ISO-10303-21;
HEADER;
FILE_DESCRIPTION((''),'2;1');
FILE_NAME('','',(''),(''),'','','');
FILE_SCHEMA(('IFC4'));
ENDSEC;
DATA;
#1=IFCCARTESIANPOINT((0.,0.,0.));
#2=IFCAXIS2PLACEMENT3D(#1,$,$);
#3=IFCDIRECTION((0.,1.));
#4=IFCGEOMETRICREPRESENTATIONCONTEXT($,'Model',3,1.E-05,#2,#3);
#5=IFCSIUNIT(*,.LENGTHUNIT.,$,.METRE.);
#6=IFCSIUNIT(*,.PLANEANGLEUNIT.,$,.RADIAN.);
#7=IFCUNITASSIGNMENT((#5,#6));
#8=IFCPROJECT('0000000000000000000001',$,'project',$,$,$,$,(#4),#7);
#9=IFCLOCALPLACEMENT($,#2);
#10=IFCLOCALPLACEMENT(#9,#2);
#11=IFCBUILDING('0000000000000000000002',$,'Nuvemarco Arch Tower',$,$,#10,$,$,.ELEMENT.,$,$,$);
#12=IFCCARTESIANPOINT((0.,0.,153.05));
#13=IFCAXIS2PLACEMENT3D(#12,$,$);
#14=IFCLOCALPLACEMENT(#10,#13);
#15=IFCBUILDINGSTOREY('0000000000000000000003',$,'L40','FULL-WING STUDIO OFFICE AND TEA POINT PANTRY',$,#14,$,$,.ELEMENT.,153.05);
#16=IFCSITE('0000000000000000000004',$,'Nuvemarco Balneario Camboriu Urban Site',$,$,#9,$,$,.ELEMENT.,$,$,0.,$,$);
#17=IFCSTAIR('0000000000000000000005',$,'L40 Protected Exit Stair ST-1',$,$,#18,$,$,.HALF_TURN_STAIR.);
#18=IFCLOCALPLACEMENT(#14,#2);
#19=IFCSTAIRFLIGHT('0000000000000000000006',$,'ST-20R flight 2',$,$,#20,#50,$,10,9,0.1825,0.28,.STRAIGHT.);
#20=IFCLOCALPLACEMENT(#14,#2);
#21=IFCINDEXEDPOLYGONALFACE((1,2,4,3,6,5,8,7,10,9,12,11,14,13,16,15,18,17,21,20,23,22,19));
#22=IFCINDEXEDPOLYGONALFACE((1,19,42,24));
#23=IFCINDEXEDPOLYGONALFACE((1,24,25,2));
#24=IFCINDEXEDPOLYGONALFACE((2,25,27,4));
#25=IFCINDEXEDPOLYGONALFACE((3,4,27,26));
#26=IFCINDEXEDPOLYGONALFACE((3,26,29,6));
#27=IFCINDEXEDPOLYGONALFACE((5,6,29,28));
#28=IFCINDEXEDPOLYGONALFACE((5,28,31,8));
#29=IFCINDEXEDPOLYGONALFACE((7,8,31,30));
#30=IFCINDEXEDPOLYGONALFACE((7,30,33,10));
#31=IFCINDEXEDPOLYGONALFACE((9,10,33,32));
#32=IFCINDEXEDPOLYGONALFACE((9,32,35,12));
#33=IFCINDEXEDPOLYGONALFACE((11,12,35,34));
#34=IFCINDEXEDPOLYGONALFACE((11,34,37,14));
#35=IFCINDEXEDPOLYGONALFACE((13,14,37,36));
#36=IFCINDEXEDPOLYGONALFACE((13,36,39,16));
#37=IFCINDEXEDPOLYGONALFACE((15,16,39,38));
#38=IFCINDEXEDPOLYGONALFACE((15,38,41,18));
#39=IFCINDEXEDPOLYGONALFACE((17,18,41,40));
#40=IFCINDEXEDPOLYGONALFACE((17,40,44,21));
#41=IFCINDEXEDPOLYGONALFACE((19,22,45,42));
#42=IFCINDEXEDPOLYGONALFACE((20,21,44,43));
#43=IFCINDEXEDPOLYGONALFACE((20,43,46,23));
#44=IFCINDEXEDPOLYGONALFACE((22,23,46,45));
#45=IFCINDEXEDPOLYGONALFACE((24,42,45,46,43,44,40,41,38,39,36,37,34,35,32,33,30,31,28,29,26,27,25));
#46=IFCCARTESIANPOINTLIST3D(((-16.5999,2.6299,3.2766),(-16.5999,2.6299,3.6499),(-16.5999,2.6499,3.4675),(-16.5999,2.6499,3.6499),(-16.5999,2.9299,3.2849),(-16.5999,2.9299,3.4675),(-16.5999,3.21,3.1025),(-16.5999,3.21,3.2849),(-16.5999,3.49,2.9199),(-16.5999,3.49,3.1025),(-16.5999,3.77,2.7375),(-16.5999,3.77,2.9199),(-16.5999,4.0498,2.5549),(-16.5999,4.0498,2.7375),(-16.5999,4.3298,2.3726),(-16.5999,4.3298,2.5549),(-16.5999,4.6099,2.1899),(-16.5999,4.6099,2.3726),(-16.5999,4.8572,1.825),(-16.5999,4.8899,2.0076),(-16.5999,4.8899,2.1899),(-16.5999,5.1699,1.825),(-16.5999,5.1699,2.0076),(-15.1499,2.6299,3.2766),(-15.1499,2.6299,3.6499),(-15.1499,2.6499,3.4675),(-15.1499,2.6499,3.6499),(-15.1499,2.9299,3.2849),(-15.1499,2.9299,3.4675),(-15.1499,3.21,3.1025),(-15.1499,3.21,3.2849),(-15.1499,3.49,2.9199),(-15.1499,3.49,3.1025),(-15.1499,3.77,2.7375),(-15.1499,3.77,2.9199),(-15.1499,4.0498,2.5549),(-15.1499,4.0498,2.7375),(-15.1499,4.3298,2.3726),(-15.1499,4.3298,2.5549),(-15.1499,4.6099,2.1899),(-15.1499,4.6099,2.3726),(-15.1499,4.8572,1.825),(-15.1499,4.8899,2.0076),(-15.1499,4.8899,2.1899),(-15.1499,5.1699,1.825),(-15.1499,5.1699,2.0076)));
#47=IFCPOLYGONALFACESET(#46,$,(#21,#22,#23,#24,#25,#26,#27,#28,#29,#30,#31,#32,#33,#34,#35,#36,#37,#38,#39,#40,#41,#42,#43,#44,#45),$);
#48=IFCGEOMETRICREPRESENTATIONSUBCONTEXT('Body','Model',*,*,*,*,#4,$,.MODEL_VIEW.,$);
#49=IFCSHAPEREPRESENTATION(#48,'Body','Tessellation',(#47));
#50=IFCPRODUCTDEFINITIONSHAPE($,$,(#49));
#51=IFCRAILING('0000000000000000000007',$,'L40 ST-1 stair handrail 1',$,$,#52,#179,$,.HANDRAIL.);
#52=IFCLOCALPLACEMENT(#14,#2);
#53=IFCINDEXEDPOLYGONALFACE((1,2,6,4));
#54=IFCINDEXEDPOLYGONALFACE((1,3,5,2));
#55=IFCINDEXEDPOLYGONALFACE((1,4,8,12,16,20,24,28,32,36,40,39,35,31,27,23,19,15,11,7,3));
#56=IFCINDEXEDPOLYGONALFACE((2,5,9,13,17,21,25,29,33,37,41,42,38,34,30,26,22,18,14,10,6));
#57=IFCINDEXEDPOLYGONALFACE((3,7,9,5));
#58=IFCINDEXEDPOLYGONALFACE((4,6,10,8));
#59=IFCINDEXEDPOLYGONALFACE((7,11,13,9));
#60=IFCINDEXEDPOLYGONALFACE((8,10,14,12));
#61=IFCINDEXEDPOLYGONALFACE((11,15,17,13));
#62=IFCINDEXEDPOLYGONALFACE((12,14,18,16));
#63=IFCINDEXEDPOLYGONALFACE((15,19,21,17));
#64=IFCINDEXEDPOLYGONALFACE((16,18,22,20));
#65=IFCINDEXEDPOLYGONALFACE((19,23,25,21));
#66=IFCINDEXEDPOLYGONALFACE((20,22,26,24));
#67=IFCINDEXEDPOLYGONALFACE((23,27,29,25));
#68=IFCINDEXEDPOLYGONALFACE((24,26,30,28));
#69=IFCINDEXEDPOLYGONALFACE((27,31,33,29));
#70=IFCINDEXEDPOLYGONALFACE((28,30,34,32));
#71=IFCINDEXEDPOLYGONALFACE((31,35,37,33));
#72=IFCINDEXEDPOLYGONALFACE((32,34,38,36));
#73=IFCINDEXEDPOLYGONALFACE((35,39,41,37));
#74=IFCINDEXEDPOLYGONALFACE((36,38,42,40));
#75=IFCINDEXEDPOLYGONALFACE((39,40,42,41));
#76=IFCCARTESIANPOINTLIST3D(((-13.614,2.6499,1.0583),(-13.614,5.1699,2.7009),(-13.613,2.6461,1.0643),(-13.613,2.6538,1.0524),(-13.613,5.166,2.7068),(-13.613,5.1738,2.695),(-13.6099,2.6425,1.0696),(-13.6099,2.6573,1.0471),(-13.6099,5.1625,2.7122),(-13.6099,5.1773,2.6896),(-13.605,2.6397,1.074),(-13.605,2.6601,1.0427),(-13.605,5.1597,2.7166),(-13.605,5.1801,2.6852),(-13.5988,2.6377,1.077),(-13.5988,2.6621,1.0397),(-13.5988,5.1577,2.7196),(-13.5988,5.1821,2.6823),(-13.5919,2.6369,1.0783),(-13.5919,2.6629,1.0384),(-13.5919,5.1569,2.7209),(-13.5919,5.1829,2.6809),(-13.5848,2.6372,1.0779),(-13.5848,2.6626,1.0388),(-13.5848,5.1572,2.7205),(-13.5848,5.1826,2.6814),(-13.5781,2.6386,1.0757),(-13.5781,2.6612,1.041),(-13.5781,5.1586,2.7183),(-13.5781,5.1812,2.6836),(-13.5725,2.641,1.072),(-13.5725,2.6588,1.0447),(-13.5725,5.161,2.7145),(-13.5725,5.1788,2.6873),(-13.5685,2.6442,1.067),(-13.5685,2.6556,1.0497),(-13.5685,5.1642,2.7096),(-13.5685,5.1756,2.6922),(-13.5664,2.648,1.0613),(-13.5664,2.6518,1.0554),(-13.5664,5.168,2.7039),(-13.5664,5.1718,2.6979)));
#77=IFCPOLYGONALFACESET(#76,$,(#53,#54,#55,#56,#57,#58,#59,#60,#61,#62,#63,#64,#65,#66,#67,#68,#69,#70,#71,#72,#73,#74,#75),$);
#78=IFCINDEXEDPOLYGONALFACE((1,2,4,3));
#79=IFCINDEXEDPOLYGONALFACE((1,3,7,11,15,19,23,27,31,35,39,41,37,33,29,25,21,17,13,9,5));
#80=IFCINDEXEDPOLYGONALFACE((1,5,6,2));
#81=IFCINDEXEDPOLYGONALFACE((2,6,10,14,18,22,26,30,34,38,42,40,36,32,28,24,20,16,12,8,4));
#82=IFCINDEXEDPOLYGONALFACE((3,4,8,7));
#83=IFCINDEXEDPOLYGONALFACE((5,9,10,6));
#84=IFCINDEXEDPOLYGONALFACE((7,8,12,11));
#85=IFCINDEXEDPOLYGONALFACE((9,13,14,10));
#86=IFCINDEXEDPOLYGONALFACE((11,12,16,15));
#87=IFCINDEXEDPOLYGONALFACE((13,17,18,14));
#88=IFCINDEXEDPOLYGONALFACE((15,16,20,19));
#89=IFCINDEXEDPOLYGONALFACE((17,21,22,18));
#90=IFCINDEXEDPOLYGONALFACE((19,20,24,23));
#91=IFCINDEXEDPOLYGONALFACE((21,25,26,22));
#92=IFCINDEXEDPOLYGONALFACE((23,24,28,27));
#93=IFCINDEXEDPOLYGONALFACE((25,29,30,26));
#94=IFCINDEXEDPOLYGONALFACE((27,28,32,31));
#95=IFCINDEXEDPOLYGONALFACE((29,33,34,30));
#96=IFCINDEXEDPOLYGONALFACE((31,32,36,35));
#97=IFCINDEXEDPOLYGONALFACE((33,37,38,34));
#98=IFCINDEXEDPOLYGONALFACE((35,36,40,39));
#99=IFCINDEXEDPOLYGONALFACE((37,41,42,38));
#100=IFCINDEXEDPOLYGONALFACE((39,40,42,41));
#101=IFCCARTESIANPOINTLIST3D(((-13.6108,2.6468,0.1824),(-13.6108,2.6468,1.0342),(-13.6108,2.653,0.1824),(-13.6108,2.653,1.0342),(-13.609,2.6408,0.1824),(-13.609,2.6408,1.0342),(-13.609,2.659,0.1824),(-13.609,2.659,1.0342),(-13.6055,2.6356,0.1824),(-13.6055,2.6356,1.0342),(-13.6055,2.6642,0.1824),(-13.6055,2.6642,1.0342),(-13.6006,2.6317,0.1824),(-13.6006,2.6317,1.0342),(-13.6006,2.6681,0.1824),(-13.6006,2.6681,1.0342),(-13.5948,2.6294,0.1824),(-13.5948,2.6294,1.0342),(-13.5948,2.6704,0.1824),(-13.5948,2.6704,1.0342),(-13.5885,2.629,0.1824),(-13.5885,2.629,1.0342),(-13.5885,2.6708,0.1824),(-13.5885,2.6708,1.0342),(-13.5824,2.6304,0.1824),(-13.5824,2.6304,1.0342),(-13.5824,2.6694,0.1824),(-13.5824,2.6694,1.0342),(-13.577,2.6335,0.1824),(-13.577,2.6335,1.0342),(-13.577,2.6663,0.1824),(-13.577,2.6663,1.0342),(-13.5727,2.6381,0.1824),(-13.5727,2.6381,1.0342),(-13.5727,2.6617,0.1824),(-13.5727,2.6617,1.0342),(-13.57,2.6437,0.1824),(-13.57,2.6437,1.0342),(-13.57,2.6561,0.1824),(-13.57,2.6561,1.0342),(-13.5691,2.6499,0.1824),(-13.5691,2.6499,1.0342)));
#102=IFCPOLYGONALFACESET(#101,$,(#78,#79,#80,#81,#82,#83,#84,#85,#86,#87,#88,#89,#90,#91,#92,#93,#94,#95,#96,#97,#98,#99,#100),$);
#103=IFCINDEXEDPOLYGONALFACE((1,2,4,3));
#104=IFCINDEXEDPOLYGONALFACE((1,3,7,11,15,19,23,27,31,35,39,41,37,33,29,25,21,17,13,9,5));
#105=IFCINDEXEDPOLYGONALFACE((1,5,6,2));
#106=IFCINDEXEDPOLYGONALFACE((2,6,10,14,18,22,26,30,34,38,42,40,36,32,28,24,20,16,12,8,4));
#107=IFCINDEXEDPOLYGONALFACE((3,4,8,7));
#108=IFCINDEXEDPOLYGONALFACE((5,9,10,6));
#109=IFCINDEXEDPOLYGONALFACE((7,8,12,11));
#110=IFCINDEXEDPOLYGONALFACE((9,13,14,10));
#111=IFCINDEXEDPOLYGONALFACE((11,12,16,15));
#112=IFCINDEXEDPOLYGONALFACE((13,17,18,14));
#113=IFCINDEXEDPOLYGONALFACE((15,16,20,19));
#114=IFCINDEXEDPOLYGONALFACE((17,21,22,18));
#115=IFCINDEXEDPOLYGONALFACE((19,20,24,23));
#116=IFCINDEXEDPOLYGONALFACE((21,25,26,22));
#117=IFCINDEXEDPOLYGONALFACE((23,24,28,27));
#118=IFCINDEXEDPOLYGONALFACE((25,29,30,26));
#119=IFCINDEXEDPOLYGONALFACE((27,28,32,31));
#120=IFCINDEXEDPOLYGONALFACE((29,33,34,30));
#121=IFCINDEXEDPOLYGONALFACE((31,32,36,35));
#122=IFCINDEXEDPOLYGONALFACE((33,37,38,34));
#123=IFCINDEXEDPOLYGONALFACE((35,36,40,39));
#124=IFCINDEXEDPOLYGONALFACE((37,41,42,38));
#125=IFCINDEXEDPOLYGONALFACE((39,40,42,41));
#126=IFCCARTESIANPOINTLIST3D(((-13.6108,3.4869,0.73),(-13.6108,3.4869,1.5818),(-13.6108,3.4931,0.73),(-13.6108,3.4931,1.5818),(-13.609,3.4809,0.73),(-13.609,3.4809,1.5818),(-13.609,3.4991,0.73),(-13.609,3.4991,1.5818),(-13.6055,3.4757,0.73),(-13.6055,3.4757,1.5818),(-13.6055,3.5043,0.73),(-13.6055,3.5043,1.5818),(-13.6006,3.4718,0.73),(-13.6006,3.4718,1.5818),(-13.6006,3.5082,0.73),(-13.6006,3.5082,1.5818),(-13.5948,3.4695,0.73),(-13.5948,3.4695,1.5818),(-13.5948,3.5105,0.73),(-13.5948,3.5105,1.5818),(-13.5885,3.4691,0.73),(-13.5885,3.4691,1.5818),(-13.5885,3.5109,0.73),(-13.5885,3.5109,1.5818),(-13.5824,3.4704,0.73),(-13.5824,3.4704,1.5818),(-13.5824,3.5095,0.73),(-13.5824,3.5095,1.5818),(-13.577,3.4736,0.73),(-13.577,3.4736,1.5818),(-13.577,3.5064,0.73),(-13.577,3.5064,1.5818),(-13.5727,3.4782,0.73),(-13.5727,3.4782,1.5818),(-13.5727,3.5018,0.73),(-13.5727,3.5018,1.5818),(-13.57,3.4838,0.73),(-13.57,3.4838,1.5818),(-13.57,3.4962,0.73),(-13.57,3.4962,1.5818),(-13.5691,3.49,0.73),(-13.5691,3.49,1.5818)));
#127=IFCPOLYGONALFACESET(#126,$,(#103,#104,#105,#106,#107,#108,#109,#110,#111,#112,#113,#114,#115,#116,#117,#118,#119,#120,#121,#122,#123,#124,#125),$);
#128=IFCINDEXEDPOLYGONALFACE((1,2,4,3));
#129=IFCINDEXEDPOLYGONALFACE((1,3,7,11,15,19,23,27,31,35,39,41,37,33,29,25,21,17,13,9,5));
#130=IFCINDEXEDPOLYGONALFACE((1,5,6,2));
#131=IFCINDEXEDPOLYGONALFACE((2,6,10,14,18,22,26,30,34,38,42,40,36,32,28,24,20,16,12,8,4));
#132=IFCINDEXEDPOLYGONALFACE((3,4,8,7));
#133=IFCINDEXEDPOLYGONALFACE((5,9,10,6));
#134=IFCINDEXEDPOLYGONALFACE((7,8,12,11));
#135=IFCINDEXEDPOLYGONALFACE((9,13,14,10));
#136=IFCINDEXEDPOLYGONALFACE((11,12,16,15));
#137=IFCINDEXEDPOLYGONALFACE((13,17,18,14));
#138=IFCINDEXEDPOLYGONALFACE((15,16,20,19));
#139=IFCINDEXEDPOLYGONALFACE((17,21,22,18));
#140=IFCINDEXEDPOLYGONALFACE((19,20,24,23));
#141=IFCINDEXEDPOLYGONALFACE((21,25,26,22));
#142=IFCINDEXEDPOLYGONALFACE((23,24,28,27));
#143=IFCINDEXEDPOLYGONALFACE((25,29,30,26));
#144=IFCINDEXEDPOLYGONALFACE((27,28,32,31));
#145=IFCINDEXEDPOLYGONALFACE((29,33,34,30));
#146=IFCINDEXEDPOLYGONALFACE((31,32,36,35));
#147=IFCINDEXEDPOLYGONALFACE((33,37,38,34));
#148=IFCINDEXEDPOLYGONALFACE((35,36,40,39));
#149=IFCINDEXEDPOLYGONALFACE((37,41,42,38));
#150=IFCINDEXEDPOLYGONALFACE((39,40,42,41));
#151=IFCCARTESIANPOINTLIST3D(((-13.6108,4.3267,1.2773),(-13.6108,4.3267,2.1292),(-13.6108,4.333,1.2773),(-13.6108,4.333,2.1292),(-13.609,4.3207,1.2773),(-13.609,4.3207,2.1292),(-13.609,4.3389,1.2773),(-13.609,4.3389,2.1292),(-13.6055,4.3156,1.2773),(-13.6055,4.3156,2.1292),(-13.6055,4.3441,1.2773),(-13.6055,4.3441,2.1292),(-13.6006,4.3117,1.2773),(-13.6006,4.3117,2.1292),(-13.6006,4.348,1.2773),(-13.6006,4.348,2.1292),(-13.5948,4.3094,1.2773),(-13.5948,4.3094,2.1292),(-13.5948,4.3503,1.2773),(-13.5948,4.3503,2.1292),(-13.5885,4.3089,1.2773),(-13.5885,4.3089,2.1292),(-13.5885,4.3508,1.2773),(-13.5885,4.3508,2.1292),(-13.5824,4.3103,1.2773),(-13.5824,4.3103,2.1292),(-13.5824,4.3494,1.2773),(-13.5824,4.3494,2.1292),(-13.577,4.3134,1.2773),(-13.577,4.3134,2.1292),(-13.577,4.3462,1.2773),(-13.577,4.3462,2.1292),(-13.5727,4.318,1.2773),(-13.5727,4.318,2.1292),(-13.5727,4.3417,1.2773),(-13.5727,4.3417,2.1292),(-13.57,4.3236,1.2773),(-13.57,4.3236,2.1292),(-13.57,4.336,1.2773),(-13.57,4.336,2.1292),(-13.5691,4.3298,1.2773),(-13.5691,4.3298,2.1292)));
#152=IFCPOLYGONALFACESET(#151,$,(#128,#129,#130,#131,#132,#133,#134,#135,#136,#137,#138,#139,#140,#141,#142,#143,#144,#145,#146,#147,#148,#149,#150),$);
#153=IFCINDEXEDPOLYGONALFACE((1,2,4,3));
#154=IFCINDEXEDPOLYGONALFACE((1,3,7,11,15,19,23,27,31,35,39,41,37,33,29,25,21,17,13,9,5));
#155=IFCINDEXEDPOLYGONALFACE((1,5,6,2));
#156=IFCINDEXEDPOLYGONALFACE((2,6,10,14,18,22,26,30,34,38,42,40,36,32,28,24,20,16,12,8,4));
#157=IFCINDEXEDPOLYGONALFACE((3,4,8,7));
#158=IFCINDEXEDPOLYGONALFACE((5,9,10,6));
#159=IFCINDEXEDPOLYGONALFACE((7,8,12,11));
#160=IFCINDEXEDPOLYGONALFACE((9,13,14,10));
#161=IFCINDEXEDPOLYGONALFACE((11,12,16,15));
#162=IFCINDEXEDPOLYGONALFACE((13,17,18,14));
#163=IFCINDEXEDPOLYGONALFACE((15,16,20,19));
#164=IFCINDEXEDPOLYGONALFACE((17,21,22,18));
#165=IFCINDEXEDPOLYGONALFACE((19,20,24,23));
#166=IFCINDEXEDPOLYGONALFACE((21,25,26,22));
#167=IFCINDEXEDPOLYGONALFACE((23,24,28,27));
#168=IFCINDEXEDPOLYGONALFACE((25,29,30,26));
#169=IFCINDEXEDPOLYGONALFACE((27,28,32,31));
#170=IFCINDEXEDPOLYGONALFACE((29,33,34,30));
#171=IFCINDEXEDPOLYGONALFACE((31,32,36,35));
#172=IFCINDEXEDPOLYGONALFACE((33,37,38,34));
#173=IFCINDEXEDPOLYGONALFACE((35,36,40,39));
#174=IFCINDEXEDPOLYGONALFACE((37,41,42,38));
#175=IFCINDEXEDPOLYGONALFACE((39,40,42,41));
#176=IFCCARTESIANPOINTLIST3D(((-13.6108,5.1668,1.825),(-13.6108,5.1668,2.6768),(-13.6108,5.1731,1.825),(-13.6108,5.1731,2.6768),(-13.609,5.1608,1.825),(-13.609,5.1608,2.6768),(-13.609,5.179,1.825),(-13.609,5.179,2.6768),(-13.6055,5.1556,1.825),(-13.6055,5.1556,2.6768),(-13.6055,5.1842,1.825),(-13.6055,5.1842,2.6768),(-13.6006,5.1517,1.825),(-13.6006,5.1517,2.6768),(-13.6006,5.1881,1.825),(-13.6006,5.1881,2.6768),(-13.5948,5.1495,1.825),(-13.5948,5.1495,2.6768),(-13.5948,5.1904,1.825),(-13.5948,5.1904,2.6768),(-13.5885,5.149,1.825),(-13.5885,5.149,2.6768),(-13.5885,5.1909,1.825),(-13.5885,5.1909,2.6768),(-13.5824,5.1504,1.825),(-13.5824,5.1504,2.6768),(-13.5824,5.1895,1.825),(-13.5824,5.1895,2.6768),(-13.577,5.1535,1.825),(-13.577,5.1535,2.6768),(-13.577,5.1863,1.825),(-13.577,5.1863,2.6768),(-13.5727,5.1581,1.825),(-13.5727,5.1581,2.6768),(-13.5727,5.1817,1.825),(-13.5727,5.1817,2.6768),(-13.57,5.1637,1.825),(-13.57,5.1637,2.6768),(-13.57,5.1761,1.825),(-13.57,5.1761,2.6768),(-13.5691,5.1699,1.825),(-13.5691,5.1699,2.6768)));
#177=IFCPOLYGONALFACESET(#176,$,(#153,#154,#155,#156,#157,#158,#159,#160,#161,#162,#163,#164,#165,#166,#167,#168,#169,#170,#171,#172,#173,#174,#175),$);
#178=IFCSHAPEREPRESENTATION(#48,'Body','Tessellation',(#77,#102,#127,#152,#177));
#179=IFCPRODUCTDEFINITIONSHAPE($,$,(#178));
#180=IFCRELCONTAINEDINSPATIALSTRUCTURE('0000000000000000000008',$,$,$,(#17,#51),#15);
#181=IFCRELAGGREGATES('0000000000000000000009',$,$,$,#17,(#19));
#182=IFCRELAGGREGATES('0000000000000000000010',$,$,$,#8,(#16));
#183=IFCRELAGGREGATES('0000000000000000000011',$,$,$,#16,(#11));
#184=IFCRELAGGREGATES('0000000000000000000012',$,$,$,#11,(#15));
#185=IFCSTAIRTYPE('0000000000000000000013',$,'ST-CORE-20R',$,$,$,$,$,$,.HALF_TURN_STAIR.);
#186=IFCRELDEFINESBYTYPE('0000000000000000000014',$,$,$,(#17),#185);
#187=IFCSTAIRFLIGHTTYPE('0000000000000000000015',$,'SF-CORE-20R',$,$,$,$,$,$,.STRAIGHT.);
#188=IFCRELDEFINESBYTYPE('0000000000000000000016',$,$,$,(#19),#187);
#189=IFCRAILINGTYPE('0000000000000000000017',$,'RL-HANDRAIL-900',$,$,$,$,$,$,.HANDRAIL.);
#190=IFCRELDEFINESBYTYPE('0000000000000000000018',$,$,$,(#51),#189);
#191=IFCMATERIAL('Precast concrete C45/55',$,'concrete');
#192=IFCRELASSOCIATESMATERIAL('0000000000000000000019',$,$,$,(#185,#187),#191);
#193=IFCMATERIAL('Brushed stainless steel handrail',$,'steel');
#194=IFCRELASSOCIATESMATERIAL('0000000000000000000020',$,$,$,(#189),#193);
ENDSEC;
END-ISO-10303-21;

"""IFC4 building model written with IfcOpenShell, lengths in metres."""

from ifc_helpers import new_model, si_unit, direction, frame, origin, origin_2d, place, context, subcontext, project, spatial, polyline, circle, outline, extrude, material, type_object, element, aggregate, save


model = new_model("IFC4")

# Units and contexts
model_context = context("Model", 3, precision=1e-05, world=origin(), true_north=direction((0.0, 1.0)))
body_context = subcontext(model_context, "Body", "Model", "MODEL_VIEW")
ifc_project = project(units=[si_unit("LENGTHUNIT", "METRE"), si_unit("PLANEANGLEUNIT", "RADIAN")], contexts=[model_context])

# Site, building, storey
site_placement = place(None, origin())
site = spatial("IfcSite", under=ifc_project, at=site_placement, Name="Nuvemarco Balneario Camboriu Urban Site", CompositionType="ELEMENT", RefElevation=0.0)
building_placement = place(site_placement, origin())
building = spatial("IfcBuilding", under=site, at=building_placement, Name="Nuvemarco Arch Tower", CompositionType="ELEMENT")
storey_placement = place(building_placement, frame((0.0, 0.0, 153.05)))
storey = spatial("IfcBuildingStorey", under=building, at=storey_placement, Name="L40", Description="FULL-WING STUDIO OFFICE AND TEA POINT PANTRY", CompositionType="ELEMENT", Elevation=153.05)

# Shared definitions
ifc_material_1 = material(Name="Precast concrete C45/55", Category="concrete")

# Stair, stair flight
stair_type = type_object("IfcStairType", Name="ST-CORE-20R", PredefinedType="HALF_TURN_STAIR", material=ifc_material_1)
stair_placement = place(storey_placement, origin())
stair = element("IfcStair", 1, at=stair_placement, inside=storey, type_object=stair_type, Name="L40 Protected Exit Stair ST-1", PredefinedType="HALF_TURN_STAIR")
stair_flight_type = type_object("IfcStairFlightType", Name="SF-CORE-20R", PredefinedType="STRAIGHT", material=ifc_material_1)
stair_flight_1_placement = place(storey_placement, frame((-15.875, 5.1699, 1.825), z_axis=(0.0, 0.0, 1.0), x_axis=(0.0, -1.0, 0.0)))
stair_flight_1 = element("IfcStairFlight", 2, at=stair_flight_1_placement, type_object=stair_flight_type, Name="ST-20R flight 2", NumberOfRisers=10, NumberOfTreads=9, PredefinedType="STRAIGHT", RiserHeight=0.1825, TreadLength=0.28, context=body_context, shape_type="SweptSolid", body=[
    extrude(outline(polyline([(0.0, 0.0), (0.0, 0.1826), (0.28, 0.1826), (0.28, 0.365), (0.5601, 0.365), (0.5601, 0.5476), (0.8401, 0.5476), (0.8401, 0.73), (1.1201, 0.73), (1.1201, 0.9126), (1.3999, 0.9126), (1.3999, 1.095), (1.6799, 1.095), (1.6799, 1.2776), (1.96, 1.2776), (1.96, 1.46), (2.24, 1.46), (2.24, 1.6426), (2.52, 1.6426), (2.52, 1.825), (2.54, 1.825), (2.54, 1.4517), (0.3127, 0.0), (0.0, 0.0)])), frame((0.0, 0.7251, 0.0), z_axis=(0.0, -1.0, 0.0), x_axis=(1.0, 0.0, 0.0)), (0.0, 0.0, 1.0), 1.45),
])
aggregate(stair, [stair_flight_1])

# Railing
ifc_material_2 = material(Name="Brushed stainless steel handrail", Category="steel")
railing_type_1 = type_object("IfcRailingType", Name="RL-HANDRAIL-900", PredefinedType="HANDRAIL", material=ifc_material_2)
railing_1_placement = place(storey_placement, frame((-13.5901, 2.6499, 0.1824)))
element("IfcRailing", 3, at=railing_1_placement, inside=storey, type_object=railing_type_1, Name="L40 ST-1 stair handrail 1", PredefinedType="HANDRAIL", context=body_context, shape_type="SweptSolid", body=[
    extrude(circle(Radius=0.0239, at=origin_2d()), frame((0.0, 0.0, 0.876), z_axis=(0.0, 0.837749, 0.546055), x_axis=(-1.0, 0.0, 0.0)), (0.0, 0.0, 1.0), 3.0081),
    extrude(circle(Radius=0.021, at=origin_2d()), origin(), (0.0, 0.0, 1.0), 0.8518),
    extrude(circle(Radius=0.021, at=origin_2d()), frame((0.0, 0.8401, 0.5476)), (0.0, 0.0, 1.0), 0.8518),
    extrude(circle(Radius=0.021, at=origin_2d()), frame((0.0, 1.6799, 1.095)), (0.0, 0.0, 1.0), 0.8518),
    extrude(circle(Radius=0.021, at=origin_2d()), frame((0.0, 2.52, 1.6426)), (0.0, 0.0, 1.0), 0.8518),
])

save(model, "model.ifc")
